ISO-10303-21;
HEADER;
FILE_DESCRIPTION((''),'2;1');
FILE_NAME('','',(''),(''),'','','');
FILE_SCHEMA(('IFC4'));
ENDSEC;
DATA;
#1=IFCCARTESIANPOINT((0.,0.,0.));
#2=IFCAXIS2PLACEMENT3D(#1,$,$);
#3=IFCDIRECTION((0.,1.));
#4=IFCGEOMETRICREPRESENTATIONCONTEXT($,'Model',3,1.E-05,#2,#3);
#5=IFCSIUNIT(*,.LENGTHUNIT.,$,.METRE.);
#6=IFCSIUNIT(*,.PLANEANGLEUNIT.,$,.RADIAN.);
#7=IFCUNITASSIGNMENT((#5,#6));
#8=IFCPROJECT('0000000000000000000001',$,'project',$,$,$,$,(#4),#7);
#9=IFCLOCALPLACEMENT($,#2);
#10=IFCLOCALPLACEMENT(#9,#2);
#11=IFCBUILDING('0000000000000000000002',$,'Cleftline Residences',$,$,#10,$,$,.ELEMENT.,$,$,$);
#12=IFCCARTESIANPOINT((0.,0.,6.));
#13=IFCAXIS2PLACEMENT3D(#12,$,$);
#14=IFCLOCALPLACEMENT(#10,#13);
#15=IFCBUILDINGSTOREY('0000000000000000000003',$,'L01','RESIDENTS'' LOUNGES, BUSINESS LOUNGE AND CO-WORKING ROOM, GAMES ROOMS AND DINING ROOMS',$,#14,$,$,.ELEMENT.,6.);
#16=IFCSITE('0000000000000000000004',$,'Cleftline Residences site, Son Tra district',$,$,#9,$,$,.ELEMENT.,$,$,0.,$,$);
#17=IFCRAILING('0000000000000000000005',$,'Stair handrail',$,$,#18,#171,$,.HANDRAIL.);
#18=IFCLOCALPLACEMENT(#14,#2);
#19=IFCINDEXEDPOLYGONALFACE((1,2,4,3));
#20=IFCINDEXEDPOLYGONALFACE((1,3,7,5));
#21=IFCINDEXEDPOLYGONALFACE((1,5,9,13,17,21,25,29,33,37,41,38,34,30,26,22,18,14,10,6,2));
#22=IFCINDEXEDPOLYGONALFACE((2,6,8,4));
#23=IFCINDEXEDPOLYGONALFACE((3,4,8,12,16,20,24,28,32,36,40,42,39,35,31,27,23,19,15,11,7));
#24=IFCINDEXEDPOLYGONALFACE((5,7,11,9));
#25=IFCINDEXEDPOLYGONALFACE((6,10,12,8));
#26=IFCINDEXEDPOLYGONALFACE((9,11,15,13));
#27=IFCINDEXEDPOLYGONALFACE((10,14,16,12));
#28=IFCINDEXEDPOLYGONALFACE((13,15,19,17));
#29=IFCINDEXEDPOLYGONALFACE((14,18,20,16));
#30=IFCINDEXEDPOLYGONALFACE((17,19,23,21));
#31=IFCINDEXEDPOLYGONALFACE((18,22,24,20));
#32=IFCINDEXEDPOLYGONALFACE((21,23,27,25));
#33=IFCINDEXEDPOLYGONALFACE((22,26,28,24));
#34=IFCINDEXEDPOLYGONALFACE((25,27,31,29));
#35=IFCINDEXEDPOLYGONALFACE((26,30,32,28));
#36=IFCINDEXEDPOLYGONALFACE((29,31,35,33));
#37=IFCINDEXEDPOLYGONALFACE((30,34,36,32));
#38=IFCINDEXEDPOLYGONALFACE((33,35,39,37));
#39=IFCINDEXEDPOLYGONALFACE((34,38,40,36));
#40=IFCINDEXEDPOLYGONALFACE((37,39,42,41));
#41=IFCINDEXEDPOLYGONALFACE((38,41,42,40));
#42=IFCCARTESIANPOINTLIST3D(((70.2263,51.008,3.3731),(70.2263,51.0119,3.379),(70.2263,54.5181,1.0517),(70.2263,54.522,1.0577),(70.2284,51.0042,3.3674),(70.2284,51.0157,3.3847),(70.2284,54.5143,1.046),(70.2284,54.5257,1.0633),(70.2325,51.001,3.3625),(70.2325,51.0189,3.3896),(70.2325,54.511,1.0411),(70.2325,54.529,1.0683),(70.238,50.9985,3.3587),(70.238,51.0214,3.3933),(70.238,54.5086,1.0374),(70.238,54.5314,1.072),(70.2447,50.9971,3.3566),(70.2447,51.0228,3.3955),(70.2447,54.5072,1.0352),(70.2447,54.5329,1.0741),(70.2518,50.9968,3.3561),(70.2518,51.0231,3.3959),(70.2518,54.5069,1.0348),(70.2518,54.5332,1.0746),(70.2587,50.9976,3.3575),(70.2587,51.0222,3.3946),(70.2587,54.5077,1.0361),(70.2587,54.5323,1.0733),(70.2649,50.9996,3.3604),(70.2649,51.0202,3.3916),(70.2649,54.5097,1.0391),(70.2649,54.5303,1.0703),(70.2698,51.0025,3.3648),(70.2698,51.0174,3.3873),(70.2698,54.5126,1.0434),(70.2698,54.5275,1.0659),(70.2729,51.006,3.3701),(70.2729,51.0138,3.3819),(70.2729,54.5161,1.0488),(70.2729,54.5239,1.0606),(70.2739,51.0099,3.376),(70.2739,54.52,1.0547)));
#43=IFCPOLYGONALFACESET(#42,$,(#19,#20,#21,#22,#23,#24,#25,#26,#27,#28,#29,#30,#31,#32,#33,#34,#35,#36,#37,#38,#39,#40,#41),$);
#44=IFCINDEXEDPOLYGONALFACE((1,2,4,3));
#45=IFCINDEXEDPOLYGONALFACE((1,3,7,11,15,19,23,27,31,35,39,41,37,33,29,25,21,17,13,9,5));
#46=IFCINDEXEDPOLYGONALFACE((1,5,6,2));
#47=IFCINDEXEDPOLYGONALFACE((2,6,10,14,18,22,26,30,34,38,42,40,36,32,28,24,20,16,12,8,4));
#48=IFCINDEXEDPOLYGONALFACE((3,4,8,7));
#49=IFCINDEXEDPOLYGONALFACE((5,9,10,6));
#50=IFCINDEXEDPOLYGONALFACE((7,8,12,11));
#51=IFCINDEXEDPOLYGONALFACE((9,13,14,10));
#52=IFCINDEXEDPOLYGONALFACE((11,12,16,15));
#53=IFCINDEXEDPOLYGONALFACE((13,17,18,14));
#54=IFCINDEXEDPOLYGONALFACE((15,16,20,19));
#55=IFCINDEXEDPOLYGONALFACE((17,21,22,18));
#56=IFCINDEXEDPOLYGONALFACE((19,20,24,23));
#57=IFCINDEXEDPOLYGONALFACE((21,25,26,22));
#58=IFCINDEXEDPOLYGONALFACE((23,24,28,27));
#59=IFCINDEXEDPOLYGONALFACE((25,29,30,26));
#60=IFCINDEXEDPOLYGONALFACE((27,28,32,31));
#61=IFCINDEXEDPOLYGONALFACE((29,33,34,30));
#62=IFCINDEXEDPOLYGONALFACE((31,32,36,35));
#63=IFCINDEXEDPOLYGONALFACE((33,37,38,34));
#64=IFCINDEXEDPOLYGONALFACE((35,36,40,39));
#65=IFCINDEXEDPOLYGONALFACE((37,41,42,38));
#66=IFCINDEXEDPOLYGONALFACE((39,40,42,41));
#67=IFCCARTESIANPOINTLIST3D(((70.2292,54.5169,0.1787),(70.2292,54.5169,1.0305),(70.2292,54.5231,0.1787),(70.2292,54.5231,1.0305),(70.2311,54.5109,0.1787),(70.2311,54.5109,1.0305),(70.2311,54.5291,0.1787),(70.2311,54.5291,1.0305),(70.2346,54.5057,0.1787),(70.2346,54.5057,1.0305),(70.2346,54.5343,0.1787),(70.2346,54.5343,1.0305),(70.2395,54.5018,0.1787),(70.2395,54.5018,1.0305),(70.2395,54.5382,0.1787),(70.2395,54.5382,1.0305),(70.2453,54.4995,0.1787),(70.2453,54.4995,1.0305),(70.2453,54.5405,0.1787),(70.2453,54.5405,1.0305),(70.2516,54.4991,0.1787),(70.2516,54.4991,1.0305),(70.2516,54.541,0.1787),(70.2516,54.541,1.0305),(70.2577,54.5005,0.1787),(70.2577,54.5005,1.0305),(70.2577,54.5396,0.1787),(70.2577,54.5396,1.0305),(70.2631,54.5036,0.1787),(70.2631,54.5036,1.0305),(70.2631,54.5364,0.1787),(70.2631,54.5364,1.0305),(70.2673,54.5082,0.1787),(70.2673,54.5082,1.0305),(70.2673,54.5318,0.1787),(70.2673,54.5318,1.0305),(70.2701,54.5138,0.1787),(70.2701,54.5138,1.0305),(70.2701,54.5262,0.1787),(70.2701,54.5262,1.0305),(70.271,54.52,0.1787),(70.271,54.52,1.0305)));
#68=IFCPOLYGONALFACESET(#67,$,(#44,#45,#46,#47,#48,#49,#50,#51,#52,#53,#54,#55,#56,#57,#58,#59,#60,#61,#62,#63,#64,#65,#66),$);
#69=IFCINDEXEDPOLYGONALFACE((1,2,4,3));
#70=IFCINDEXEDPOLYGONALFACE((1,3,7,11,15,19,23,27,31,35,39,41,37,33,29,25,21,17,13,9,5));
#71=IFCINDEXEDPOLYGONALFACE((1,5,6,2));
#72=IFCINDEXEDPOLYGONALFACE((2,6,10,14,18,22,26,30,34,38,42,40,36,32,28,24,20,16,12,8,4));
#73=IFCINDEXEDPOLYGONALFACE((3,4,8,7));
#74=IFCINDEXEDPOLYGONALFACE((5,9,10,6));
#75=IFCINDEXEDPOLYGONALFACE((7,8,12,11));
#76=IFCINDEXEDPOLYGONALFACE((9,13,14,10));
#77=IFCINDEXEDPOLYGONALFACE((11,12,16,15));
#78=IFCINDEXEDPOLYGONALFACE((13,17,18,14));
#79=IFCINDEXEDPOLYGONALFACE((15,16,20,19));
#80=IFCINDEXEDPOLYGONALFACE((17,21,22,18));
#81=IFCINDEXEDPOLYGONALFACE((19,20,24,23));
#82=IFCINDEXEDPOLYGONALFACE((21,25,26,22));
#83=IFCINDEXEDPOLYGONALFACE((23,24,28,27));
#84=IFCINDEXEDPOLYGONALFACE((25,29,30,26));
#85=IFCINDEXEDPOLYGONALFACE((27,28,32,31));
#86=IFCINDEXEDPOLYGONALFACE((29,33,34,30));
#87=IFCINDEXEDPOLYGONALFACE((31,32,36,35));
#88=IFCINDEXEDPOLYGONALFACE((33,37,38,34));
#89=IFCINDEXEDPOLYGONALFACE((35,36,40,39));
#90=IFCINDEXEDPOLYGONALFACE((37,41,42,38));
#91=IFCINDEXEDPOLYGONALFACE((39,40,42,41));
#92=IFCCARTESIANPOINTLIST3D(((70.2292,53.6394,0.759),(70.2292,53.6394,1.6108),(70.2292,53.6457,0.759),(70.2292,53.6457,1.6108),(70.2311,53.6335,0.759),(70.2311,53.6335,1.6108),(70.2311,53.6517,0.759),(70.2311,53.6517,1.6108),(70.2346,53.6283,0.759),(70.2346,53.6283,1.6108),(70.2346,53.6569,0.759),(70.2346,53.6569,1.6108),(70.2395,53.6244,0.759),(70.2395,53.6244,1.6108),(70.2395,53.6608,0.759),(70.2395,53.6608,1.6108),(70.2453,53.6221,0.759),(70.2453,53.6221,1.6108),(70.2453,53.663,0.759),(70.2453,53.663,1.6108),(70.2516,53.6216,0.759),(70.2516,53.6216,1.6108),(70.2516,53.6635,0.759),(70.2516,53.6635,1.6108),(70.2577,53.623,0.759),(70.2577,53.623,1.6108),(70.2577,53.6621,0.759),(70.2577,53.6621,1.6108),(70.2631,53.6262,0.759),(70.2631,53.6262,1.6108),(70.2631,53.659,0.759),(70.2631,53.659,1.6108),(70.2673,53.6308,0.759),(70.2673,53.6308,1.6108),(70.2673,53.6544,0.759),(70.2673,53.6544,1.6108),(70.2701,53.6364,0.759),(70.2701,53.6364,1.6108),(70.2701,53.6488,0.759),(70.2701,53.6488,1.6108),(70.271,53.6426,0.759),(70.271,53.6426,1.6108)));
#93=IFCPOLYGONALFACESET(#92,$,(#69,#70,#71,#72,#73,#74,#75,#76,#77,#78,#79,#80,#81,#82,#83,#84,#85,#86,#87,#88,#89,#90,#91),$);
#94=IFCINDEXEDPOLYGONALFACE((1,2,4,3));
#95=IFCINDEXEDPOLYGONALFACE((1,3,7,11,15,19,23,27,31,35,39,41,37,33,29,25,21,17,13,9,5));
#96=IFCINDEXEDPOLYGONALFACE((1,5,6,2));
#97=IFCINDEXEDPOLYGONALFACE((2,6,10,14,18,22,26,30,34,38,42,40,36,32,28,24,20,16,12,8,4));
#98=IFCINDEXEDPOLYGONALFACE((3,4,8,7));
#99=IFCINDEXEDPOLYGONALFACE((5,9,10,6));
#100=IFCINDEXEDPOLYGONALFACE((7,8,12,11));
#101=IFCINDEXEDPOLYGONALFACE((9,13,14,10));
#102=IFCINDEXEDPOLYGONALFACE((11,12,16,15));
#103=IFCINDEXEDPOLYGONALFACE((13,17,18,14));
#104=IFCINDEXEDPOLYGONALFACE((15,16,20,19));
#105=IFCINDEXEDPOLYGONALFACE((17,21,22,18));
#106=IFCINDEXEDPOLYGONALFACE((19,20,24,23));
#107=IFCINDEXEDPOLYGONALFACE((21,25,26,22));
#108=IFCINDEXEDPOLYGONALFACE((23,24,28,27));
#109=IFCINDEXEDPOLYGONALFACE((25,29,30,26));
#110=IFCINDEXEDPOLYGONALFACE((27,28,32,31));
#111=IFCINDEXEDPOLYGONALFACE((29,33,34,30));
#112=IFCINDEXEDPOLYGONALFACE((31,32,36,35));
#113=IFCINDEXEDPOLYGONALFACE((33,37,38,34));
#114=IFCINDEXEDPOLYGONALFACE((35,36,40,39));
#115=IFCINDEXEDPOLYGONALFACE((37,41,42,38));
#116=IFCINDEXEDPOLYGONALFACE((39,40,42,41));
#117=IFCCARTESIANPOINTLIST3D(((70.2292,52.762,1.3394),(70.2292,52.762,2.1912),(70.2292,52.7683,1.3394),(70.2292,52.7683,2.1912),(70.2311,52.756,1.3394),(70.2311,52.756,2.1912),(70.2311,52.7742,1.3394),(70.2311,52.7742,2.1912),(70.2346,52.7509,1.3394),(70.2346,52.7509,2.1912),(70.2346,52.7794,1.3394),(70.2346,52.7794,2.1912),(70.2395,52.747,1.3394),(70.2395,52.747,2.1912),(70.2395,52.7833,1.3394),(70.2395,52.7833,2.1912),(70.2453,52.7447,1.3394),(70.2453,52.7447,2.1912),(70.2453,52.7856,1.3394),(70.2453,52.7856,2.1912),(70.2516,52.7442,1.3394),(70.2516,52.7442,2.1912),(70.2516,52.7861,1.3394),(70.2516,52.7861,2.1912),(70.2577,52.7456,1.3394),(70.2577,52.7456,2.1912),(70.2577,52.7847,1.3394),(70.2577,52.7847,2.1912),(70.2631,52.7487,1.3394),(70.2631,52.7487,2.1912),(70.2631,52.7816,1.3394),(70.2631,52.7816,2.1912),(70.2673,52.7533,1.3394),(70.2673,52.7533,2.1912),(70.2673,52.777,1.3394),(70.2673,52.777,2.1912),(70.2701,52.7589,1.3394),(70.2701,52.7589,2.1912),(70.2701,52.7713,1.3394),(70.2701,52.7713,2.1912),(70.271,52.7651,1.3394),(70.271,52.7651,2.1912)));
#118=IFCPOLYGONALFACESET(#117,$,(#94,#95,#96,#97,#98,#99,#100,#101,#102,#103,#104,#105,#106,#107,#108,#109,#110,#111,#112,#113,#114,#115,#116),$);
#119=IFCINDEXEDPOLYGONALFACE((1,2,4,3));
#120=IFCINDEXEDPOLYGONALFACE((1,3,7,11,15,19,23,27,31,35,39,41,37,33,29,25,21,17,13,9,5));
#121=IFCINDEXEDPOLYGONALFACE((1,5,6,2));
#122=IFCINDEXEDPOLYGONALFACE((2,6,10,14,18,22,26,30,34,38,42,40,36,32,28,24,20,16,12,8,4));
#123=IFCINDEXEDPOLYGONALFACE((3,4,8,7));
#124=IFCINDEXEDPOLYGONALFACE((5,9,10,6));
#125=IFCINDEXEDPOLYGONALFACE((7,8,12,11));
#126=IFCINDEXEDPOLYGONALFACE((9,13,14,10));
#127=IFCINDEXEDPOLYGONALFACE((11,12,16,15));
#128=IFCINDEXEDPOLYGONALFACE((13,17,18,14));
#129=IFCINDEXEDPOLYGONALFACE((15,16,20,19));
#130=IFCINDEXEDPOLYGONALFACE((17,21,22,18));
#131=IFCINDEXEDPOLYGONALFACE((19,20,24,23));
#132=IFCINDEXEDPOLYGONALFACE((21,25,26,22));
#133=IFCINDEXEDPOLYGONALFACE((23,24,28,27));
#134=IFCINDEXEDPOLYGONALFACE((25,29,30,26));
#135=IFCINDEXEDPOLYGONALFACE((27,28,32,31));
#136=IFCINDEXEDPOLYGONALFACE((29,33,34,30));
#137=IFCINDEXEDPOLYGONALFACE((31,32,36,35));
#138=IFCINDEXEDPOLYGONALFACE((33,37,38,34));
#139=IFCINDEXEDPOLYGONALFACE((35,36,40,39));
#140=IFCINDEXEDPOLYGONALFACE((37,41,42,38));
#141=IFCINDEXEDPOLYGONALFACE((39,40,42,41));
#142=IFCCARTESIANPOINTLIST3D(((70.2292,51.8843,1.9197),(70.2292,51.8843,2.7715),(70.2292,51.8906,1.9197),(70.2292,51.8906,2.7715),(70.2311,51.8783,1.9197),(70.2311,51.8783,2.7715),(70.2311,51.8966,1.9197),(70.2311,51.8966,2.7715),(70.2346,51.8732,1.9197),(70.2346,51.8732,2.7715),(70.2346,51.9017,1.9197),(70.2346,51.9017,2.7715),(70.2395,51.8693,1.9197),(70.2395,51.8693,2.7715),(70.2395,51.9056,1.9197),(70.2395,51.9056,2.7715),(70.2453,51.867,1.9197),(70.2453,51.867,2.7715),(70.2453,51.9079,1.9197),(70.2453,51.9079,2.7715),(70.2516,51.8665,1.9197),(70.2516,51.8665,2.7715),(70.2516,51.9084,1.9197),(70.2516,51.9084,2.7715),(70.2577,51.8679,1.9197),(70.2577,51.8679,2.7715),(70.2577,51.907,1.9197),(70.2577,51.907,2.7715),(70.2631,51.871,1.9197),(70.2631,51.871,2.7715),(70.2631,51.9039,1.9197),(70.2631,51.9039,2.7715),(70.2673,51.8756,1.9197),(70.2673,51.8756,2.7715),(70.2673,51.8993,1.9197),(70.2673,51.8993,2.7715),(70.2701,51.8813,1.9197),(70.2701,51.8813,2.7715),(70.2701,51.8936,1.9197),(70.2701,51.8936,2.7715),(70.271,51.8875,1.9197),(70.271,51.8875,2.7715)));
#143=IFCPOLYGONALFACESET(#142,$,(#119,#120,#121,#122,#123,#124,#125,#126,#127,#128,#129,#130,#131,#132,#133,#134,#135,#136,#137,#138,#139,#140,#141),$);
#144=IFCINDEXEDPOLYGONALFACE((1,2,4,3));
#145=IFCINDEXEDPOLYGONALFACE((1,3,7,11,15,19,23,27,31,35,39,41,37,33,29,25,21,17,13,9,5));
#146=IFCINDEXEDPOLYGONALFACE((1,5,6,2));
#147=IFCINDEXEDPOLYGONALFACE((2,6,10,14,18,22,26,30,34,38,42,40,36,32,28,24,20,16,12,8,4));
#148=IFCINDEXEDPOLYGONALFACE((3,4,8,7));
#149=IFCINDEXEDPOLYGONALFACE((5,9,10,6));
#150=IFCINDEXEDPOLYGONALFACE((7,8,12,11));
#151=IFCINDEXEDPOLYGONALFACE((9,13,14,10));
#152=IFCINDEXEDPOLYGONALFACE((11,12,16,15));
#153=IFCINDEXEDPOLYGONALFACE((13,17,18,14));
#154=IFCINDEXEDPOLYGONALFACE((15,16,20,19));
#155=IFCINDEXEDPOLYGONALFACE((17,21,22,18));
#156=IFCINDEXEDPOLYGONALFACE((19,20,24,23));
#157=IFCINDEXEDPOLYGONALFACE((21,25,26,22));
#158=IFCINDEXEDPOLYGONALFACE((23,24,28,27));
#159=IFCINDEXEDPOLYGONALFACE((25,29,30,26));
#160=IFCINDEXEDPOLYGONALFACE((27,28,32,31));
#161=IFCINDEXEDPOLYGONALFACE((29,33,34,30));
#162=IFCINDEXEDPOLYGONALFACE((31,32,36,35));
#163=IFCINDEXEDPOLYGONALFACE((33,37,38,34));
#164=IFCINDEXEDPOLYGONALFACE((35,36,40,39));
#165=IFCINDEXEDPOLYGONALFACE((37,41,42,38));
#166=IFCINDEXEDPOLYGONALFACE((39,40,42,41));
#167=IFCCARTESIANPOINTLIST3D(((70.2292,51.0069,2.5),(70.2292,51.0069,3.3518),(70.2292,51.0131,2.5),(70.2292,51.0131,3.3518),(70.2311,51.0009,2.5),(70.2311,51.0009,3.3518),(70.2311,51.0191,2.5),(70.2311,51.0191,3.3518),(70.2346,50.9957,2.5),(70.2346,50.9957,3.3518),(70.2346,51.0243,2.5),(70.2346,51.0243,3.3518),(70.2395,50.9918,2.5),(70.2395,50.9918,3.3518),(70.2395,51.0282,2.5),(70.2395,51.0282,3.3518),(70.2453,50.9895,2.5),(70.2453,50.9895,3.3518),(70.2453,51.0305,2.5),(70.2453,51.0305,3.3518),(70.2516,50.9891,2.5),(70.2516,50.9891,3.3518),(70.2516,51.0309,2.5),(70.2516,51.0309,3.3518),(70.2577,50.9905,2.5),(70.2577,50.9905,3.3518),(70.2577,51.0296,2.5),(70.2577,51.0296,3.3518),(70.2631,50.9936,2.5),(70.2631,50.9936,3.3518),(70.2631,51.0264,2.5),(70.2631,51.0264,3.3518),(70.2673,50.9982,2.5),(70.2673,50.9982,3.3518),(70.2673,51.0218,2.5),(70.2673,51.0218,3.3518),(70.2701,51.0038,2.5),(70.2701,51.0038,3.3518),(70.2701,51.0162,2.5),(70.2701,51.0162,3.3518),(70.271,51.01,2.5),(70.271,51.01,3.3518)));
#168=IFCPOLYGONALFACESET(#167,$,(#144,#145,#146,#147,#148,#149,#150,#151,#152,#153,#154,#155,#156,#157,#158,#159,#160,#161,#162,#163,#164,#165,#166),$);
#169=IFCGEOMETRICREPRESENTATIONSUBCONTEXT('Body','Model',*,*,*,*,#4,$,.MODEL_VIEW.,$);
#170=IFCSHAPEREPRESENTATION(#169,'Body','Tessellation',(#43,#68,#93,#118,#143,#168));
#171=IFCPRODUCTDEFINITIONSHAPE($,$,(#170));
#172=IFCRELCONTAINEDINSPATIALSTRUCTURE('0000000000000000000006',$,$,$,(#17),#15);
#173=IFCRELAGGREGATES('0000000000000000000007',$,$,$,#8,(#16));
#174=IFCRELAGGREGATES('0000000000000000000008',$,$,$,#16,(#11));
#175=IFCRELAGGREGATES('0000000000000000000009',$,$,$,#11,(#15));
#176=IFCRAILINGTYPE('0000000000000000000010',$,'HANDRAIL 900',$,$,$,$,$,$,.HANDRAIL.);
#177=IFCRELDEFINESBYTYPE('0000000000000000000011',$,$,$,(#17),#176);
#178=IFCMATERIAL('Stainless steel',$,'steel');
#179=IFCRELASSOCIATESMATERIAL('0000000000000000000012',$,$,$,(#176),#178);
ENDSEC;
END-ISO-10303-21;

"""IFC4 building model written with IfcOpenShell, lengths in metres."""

from ifc_helpers import new_model, si_unit, direction, frame, origin, origin_2d, place, context, subcontext, project, spatial, circle, extrude, material, type_object, element, save


model = new_model("IFC4")

# Units and contexts
model_context = context("Model", 3, precision=1e-05, world=origin(), true_north=direction((0.0, 1.0)))
body_context = subcontext(model_context, "Body", "Model", "MODEL_VIEW")
ifc_project = project(units=[si_unit("LENGTHUNIT", "METRE"), si_unit("PLANEANGLEUNIT", "RADIAN")], contexts=[model_context])

# Site, building, storey
site_placement = place(None, origin())
site = spatial("IfcSite", under=ifc_project, at=site_placement, Name="Cleftline Residences site, Son Tra district", CompositionType="ELEMENT", RefElevation=0.0)
building_placement = place(site_placement, origin())
building = spatial("IfcBuilding", under=site, at=building_placement, Name="Cleftline Residences", CompositionType="ELEMENT")
storey_placement = place(building_placement, frame((0.0, 0.0, 6.0)))
storey = spatial("IfcBuildingStorey", under=building, at=storey_placement, Name="L01", Description="RESIDENTS' LOUNGES, BUSINESS LOUNGE AND CO-WORKING ROOM, GAMES ROOMS AND DINING ROOMS", CompositionType="ELEMENT", Elevation=6.0)

# Railing
ifc_material_1 = material(Name="Stainless steel", Category="steel")
railing_type = type_object("IfcRailingType", Name="HANDRAIL 900", PredefinedType="HANDRAIL", material=ifc_material_1)
railing_1_placement = place(storey_placement, frame((70.25, 54.52, 0.1787)))
element("IfcRailing", 1, at=railing_1_placement, inside=storey, type_object=railing_type, Name="Stair handrail", PredefinedType="HANDRAIL", context=body_context, shape_type="SweptSolid", body=[
    extrude(circle(Radius=0.0239, at=origin_2d()), frame((0.0, 0.0, 0.876), z_axis=(0.0, -0.834097, 0.551617), x_axis=(1.0, 0.0, 0.0)), (0.0, 0.0, 1.0), 4.2083),
    extrude(circle(Radius=0.021, at=origin_2d()), origin(), (0.0, 0.0, 1.0), 0.8518),
    extrude(circle(Radius=0.021, at=origin_2d()), frame((0.0, -0.8774, 0.5803)), (0.0, 0.0, 1.0), 0.8518),
    extrude(circle(Radius=0.021, at=origin_2d()), frame((0.0, -1.7549, 1.1606)), (0.0, 0.0, 1.0), 0.8518),
    extrude(circle(Radius=0.021, at=origin_2d()), frame((0.0, -2.6326, 1.741)), (0.0, 0.0, 1.0), 0.8518),
    extrude(circle(Radius=0.021, at=origin_2d()), frame((0.0, -3.51, 2.3213)), (0.0, 0.0, 1.0), 0.8518),
])

save(model, "model.ifc")
